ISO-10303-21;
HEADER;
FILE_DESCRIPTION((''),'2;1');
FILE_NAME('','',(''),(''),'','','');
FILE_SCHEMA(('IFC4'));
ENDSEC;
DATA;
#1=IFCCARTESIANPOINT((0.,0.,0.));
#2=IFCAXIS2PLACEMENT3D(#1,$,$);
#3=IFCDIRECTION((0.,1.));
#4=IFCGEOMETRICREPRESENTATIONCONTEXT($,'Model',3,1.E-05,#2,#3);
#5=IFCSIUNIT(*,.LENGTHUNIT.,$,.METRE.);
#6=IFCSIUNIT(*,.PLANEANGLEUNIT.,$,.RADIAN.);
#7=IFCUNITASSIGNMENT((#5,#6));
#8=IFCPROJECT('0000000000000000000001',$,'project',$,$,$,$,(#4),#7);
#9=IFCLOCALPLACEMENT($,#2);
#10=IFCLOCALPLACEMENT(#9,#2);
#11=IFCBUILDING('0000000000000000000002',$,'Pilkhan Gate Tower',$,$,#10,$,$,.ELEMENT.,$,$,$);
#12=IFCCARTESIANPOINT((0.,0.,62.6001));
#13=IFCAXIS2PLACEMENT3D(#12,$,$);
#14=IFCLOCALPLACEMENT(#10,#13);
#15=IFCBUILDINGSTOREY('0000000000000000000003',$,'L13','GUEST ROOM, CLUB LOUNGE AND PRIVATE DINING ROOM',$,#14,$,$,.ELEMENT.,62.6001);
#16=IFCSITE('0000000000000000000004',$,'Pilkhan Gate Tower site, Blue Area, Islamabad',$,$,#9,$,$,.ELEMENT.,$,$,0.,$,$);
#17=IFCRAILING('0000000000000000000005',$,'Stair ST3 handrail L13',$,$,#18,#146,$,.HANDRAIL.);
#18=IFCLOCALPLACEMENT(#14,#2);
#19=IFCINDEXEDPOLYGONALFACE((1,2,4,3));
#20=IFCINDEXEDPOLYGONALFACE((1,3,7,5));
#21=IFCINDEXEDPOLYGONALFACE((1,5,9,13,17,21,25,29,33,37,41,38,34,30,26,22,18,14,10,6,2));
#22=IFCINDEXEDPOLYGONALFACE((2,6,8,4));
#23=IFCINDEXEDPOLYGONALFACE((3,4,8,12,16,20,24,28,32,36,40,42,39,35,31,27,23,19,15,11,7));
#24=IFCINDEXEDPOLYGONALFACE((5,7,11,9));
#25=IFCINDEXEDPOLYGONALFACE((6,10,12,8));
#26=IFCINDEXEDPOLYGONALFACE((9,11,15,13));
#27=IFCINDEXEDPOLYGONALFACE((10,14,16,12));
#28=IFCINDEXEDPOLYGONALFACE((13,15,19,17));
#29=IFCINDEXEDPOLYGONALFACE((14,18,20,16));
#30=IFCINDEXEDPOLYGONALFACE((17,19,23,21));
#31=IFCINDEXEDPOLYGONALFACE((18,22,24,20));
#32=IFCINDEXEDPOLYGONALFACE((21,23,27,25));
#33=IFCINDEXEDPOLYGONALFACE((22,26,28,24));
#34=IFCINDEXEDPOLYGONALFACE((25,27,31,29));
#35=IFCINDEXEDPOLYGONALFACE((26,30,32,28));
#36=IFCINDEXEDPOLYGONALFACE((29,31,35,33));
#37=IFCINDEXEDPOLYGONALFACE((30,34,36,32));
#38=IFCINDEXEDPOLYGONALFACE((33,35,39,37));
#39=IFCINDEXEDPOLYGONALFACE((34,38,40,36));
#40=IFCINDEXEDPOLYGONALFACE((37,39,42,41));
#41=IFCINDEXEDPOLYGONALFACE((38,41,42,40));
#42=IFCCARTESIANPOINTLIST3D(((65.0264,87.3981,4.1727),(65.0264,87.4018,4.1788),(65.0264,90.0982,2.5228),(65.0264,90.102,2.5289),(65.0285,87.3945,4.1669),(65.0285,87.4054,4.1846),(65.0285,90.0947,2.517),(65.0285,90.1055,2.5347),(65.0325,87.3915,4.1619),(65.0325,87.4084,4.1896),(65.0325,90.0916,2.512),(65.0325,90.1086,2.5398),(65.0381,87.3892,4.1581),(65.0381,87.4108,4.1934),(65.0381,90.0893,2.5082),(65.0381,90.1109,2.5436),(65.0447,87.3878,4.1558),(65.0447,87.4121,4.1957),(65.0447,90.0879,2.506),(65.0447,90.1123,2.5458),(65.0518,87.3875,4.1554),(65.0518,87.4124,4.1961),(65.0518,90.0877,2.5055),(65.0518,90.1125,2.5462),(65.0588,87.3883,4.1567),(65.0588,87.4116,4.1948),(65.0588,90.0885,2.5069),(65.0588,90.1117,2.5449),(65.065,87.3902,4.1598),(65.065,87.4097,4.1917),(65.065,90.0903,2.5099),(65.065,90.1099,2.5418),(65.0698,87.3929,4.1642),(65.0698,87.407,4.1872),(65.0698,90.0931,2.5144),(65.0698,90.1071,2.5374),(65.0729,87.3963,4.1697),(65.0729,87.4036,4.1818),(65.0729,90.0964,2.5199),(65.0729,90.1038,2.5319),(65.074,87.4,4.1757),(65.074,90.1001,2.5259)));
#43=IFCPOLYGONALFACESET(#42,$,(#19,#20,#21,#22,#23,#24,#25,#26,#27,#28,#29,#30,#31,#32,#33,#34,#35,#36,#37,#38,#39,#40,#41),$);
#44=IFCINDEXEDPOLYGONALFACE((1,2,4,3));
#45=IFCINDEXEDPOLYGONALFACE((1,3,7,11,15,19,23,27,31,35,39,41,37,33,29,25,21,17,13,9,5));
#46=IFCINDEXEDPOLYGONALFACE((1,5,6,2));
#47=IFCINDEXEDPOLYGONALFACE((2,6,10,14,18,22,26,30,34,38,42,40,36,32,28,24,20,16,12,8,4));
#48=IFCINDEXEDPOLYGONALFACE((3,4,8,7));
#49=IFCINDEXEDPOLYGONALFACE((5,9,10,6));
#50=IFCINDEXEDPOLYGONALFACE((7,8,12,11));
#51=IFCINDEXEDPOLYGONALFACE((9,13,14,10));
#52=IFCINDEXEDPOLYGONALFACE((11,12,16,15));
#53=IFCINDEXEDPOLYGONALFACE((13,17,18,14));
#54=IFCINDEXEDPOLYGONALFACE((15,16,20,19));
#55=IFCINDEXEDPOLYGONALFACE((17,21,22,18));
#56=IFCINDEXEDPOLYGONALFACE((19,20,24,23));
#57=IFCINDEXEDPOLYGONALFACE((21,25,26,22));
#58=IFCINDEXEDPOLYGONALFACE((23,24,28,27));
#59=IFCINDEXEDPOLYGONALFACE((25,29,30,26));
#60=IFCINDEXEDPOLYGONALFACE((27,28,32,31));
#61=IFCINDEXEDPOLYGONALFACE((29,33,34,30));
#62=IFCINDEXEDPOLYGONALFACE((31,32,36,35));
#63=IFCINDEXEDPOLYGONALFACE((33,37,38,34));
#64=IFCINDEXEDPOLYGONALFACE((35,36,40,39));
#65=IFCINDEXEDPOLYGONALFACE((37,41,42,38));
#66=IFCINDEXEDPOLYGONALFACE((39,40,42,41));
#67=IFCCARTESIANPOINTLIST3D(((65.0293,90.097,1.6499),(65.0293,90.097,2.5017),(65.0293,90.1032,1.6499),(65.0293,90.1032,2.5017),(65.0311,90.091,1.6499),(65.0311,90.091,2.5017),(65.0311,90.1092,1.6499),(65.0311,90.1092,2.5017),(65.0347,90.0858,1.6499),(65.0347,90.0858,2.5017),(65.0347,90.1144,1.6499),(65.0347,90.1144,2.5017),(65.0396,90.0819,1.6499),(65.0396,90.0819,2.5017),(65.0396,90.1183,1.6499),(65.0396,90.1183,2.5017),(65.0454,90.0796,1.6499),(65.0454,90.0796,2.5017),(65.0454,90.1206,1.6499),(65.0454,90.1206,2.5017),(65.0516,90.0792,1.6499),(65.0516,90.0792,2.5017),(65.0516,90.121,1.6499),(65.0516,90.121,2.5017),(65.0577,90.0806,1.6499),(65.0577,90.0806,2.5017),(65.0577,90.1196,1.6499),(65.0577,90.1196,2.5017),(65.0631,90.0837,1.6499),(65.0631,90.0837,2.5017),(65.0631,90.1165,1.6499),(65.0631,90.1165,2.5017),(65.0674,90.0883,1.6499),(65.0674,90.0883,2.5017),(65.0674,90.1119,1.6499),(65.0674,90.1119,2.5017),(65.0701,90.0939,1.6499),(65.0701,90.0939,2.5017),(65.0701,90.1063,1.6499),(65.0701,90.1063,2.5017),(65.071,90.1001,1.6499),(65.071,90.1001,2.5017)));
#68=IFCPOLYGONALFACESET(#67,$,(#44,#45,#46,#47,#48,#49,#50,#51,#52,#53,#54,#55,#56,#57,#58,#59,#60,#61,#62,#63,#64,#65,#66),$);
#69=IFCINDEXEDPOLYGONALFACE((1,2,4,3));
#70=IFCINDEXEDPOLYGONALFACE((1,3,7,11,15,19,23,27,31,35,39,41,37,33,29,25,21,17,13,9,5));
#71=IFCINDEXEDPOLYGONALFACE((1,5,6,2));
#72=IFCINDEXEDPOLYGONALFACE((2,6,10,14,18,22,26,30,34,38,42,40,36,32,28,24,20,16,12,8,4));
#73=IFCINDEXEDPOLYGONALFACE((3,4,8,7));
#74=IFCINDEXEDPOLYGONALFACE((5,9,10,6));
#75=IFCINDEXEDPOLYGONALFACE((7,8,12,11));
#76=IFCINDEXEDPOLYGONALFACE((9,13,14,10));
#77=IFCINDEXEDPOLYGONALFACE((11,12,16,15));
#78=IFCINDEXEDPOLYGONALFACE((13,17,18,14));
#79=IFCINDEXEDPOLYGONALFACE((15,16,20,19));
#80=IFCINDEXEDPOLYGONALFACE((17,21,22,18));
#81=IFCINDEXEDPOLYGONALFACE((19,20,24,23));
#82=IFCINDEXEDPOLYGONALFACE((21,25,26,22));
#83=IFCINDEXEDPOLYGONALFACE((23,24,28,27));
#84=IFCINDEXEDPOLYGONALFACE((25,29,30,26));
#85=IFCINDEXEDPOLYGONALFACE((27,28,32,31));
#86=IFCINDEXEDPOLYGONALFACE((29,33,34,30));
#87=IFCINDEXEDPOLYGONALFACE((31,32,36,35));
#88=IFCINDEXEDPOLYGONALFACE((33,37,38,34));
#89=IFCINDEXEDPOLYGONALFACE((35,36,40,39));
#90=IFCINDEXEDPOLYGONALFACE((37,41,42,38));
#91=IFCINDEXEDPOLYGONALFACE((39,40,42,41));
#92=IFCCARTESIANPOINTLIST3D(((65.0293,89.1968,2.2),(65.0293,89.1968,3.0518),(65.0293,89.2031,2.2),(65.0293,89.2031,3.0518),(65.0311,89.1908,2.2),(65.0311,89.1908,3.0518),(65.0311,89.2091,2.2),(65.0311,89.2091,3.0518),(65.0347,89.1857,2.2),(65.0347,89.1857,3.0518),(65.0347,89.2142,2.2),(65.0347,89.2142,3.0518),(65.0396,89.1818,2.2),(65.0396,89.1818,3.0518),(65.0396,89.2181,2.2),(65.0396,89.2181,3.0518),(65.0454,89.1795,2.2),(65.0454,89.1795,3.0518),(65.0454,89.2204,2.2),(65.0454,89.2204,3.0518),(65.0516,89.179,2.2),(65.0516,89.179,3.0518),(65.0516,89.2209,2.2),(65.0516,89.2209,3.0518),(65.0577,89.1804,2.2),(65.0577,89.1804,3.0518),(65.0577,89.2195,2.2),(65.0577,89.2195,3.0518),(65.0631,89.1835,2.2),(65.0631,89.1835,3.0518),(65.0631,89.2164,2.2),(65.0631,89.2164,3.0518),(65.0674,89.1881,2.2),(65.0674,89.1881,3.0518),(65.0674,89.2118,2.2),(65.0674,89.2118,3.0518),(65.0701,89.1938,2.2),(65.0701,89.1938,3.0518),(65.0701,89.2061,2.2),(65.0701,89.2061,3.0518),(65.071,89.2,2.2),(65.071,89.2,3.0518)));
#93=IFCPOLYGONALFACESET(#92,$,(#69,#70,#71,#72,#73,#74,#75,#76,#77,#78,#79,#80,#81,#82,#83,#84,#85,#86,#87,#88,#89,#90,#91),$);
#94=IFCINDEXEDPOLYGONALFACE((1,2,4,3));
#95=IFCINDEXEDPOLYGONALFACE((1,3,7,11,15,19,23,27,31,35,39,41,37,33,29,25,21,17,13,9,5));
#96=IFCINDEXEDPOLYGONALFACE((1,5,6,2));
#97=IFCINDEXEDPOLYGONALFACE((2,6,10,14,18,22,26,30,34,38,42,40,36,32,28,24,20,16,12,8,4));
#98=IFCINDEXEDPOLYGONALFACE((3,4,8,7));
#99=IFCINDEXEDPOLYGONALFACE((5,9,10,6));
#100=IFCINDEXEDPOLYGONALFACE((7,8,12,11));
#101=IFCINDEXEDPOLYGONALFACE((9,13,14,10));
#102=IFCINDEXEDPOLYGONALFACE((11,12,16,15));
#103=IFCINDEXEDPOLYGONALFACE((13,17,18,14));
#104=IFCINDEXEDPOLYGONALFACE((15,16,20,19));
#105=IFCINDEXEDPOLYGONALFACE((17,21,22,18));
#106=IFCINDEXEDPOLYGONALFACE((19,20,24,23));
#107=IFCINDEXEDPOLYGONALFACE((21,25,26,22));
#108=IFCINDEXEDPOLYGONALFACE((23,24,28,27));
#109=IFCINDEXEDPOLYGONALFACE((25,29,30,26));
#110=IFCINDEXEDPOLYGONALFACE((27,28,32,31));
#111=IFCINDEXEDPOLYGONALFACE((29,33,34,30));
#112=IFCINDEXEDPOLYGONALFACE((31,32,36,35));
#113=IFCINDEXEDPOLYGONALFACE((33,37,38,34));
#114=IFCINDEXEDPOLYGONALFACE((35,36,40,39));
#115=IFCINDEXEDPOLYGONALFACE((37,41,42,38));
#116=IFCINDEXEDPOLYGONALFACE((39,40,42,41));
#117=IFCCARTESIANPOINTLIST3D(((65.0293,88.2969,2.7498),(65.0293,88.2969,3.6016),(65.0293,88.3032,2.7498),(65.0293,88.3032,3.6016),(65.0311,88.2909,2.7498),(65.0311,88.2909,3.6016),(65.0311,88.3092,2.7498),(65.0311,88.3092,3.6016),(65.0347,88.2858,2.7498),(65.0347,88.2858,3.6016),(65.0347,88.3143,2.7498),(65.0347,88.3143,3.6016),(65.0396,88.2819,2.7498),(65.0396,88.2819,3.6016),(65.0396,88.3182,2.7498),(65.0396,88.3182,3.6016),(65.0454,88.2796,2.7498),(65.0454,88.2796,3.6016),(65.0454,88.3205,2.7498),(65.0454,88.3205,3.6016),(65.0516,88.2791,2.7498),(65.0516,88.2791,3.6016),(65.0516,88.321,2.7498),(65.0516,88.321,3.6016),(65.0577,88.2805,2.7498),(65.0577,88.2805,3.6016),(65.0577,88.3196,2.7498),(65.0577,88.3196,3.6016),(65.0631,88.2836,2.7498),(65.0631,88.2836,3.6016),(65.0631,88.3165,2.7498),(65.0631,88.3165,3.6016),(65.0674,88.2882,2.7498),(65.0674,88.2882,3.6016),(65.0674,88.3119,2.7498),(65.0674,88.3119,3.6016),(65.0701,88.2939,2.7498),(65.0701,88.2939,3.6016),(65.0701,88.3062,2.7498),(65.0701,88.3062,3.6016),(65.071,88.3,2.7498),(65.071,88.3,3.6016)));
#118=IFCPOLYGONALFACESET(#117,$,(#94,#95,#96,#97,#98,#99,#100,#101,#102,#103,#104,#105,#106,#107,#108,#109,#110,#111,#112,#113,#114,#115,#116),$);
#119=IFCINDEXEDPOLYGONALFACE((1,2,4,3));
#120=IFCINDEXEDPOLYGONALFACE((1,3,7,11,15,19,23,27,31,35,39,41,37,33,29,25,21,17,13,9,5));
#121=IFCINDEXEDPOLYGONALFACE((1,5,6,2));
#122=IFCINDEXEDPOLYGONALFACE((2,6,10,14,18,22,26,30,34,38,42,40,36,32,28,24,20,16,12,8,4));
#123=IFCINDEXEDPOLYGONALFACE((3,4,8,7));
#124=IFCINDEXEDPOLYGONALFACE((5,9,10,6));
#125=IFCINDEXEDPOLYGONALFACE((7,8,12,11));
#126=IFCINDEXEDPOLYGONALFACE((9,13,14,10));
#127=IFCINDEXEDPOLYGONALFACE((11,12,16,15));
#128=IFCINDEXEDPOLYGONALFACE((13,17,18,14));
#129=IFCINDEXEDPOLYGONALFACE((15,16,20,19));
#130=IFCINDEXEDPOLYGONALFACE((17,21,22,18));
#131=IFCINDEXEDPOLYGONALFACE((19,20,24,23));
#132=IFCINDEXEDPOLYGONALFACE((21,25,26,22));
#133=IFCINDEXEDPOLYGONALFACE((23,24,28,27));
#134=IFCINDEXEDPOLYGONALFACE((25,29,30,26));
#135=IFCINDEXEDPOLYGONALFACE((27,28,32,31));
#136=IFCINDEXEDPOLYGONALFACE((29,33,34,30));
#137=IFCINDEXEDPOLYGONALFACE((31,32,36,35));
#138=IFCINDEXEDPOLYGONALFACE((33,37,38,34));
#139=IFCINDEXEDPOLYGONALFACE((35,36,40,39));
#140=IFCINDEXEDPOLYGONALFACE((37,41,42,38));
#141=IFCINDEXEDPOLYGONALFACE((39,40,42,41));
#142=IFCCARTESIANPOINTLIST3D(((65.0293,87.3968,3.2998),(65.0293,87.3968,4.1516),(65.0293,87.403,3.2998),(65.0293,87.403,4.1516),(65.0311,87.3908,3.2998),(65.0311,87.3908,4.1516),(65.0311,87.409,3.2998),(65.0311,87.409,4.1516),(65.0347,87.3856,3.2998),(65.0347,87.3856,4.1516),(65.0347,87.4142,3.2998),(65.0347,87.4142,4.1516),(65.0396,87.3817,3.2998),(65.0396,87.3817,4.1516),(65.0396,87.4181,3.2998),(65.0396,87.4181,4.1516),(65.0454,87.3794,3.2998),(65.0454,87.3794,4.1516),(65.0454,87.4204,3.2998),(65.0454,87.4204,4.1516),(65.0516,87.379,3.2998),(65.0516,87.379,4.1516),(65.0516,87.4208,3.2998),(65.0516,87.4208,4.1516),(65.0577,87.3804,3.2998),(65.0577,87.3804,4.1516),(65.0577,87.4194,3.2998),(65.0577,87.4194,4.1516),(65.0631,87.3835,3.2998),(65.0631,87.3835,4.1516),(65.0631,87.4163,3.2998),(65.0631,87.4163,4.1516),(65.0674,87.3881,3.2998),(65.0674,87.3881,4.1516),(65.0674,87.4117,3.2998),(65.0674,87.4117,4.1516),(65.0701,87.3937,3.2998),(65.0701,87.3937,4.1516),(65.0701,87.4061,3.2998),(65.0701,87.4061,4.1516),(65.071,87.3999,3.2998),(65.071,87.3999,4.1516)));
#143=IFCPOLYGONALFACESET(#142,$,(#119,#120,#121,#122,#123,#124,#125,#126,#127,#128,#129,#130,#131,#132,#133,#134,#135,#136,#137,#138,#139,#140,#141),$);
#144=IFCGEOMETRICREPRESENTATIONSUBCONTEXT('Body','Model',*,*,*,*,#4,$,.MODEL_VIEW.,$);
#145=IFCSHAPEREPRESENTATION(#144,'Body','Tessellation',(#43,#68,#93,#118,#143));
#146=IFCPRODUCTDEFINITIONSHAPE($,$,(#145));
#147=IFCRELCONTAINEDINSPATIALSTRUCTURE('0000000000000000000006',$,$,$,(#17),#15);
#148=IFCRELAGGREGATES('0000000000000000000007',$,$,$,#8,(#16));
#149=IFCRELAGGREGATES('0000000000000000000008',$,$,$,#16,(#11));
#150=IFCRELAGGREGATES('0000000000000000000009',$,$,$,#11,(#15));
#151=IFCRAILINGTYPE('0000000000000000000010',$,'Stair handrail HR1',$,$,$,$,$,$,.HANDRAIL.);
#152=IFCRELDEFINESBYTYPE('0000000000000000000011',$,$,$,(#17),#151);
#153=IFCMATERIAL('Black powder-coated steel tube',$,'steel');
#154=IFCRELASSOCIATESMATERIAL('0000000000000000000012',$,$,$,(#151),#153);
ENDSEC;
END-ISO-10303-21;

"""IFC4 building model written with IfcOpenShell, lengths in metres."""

from ifc_helpers import new_model, si_unit, direction, frame, origin, origin_2d, place, context, subcontext, project, spatial, circle, extrude, material, type_object, element, save


model = new_model("IFC4")

# Units and contexts
model_context = context("Model", 3, precision=1e-05, world=origin(), true_north=direction((0.0, 1.0)))
body_context = subcontext(model_context, "Body", "Model", "MODEL_VIEW")
ifc_project = project(units=[si_unit("LENGTHUNIT", "METRE"), si_unit("PLANEANGLEUNIT", "RADIAN")], contexts=[model_context])

# Site, building, storey
site_placement = place(None, origin())
site = spatial("IfcSite", under=ifc_project, at=site_placement, Name="Pilkhan Gate Tower site, Blue Area, Islamabad", CompositionType="ELEMENT", RefElevation=0.0)
building_placement = place(site_placement, origin())
building = spatial("IfcBuilding", under=site, at=building_placement, Name="Pilkhan Gate Tower", CompositionType="ELEMENT")
storey_placement = place(building_placement, frame((0.0, 0.0, 62.6001)))
storey = spatial("IfcBuildingStorey", under=building, at=storey_placement, Name="L13", Description="GUEST ROOM, CLUB LOUNGE AND PRIVATE DINING ROOM", CompositionType="ELEMENT", Elevation=62.6001)

# Railing
ifc_material_1 = material(Name="Black powder-coated steel tube", Category="steel")
railing_type_1 = type_object("IfcRailingType", Name="Stair handrail HR1", PredefinedType="HANDRAIL", material=ifc_material_1)
railing_placement = place(storey_placement, frame((65.05, 90.1001, 1.6499)))
element("IfcRailing", 1, at=railing_placement, inside=storey, type_object=railing_type_1, Name="Stair ST3 handrail L13", PredefinedType="HANDRAIL", context=body_context, shape_type="SweptSolid", body=[
    extrude(circle(Radius=0.0239, at=origin_2d()), frame((0.0, 0.0, 0.876), z_axis=(0.0, -0.853312, 0.5214), x_axis=(1.0, 0.0, 0.0)), (0.0, 0.0, 1.0), 3.1643),
    extrude(circle(Radius=0.021, at=origin_2d()), origin(), (0.0, 0.0, 1.0), 0.8518),
    extrude(circle(Radius=0.021, at=origin_2d()), frame((0.0, -0.9001, 0.55)), (0.0, 0.0, 1.0), 0.8518),
    extrude(circle(Radius=0.021, at=origin_2d()), frame((0.0, -1.8, 1.0999)), (0.0, 0.0, 1.0), 0.8518),
    extrude(circle(Radius=0.021, at=origin_2d()), frame((0.0, -2.7002, 1.6499)), (0.0, 0.0, 1.0), 0.8518),
])

save(model, "model.ifc")
